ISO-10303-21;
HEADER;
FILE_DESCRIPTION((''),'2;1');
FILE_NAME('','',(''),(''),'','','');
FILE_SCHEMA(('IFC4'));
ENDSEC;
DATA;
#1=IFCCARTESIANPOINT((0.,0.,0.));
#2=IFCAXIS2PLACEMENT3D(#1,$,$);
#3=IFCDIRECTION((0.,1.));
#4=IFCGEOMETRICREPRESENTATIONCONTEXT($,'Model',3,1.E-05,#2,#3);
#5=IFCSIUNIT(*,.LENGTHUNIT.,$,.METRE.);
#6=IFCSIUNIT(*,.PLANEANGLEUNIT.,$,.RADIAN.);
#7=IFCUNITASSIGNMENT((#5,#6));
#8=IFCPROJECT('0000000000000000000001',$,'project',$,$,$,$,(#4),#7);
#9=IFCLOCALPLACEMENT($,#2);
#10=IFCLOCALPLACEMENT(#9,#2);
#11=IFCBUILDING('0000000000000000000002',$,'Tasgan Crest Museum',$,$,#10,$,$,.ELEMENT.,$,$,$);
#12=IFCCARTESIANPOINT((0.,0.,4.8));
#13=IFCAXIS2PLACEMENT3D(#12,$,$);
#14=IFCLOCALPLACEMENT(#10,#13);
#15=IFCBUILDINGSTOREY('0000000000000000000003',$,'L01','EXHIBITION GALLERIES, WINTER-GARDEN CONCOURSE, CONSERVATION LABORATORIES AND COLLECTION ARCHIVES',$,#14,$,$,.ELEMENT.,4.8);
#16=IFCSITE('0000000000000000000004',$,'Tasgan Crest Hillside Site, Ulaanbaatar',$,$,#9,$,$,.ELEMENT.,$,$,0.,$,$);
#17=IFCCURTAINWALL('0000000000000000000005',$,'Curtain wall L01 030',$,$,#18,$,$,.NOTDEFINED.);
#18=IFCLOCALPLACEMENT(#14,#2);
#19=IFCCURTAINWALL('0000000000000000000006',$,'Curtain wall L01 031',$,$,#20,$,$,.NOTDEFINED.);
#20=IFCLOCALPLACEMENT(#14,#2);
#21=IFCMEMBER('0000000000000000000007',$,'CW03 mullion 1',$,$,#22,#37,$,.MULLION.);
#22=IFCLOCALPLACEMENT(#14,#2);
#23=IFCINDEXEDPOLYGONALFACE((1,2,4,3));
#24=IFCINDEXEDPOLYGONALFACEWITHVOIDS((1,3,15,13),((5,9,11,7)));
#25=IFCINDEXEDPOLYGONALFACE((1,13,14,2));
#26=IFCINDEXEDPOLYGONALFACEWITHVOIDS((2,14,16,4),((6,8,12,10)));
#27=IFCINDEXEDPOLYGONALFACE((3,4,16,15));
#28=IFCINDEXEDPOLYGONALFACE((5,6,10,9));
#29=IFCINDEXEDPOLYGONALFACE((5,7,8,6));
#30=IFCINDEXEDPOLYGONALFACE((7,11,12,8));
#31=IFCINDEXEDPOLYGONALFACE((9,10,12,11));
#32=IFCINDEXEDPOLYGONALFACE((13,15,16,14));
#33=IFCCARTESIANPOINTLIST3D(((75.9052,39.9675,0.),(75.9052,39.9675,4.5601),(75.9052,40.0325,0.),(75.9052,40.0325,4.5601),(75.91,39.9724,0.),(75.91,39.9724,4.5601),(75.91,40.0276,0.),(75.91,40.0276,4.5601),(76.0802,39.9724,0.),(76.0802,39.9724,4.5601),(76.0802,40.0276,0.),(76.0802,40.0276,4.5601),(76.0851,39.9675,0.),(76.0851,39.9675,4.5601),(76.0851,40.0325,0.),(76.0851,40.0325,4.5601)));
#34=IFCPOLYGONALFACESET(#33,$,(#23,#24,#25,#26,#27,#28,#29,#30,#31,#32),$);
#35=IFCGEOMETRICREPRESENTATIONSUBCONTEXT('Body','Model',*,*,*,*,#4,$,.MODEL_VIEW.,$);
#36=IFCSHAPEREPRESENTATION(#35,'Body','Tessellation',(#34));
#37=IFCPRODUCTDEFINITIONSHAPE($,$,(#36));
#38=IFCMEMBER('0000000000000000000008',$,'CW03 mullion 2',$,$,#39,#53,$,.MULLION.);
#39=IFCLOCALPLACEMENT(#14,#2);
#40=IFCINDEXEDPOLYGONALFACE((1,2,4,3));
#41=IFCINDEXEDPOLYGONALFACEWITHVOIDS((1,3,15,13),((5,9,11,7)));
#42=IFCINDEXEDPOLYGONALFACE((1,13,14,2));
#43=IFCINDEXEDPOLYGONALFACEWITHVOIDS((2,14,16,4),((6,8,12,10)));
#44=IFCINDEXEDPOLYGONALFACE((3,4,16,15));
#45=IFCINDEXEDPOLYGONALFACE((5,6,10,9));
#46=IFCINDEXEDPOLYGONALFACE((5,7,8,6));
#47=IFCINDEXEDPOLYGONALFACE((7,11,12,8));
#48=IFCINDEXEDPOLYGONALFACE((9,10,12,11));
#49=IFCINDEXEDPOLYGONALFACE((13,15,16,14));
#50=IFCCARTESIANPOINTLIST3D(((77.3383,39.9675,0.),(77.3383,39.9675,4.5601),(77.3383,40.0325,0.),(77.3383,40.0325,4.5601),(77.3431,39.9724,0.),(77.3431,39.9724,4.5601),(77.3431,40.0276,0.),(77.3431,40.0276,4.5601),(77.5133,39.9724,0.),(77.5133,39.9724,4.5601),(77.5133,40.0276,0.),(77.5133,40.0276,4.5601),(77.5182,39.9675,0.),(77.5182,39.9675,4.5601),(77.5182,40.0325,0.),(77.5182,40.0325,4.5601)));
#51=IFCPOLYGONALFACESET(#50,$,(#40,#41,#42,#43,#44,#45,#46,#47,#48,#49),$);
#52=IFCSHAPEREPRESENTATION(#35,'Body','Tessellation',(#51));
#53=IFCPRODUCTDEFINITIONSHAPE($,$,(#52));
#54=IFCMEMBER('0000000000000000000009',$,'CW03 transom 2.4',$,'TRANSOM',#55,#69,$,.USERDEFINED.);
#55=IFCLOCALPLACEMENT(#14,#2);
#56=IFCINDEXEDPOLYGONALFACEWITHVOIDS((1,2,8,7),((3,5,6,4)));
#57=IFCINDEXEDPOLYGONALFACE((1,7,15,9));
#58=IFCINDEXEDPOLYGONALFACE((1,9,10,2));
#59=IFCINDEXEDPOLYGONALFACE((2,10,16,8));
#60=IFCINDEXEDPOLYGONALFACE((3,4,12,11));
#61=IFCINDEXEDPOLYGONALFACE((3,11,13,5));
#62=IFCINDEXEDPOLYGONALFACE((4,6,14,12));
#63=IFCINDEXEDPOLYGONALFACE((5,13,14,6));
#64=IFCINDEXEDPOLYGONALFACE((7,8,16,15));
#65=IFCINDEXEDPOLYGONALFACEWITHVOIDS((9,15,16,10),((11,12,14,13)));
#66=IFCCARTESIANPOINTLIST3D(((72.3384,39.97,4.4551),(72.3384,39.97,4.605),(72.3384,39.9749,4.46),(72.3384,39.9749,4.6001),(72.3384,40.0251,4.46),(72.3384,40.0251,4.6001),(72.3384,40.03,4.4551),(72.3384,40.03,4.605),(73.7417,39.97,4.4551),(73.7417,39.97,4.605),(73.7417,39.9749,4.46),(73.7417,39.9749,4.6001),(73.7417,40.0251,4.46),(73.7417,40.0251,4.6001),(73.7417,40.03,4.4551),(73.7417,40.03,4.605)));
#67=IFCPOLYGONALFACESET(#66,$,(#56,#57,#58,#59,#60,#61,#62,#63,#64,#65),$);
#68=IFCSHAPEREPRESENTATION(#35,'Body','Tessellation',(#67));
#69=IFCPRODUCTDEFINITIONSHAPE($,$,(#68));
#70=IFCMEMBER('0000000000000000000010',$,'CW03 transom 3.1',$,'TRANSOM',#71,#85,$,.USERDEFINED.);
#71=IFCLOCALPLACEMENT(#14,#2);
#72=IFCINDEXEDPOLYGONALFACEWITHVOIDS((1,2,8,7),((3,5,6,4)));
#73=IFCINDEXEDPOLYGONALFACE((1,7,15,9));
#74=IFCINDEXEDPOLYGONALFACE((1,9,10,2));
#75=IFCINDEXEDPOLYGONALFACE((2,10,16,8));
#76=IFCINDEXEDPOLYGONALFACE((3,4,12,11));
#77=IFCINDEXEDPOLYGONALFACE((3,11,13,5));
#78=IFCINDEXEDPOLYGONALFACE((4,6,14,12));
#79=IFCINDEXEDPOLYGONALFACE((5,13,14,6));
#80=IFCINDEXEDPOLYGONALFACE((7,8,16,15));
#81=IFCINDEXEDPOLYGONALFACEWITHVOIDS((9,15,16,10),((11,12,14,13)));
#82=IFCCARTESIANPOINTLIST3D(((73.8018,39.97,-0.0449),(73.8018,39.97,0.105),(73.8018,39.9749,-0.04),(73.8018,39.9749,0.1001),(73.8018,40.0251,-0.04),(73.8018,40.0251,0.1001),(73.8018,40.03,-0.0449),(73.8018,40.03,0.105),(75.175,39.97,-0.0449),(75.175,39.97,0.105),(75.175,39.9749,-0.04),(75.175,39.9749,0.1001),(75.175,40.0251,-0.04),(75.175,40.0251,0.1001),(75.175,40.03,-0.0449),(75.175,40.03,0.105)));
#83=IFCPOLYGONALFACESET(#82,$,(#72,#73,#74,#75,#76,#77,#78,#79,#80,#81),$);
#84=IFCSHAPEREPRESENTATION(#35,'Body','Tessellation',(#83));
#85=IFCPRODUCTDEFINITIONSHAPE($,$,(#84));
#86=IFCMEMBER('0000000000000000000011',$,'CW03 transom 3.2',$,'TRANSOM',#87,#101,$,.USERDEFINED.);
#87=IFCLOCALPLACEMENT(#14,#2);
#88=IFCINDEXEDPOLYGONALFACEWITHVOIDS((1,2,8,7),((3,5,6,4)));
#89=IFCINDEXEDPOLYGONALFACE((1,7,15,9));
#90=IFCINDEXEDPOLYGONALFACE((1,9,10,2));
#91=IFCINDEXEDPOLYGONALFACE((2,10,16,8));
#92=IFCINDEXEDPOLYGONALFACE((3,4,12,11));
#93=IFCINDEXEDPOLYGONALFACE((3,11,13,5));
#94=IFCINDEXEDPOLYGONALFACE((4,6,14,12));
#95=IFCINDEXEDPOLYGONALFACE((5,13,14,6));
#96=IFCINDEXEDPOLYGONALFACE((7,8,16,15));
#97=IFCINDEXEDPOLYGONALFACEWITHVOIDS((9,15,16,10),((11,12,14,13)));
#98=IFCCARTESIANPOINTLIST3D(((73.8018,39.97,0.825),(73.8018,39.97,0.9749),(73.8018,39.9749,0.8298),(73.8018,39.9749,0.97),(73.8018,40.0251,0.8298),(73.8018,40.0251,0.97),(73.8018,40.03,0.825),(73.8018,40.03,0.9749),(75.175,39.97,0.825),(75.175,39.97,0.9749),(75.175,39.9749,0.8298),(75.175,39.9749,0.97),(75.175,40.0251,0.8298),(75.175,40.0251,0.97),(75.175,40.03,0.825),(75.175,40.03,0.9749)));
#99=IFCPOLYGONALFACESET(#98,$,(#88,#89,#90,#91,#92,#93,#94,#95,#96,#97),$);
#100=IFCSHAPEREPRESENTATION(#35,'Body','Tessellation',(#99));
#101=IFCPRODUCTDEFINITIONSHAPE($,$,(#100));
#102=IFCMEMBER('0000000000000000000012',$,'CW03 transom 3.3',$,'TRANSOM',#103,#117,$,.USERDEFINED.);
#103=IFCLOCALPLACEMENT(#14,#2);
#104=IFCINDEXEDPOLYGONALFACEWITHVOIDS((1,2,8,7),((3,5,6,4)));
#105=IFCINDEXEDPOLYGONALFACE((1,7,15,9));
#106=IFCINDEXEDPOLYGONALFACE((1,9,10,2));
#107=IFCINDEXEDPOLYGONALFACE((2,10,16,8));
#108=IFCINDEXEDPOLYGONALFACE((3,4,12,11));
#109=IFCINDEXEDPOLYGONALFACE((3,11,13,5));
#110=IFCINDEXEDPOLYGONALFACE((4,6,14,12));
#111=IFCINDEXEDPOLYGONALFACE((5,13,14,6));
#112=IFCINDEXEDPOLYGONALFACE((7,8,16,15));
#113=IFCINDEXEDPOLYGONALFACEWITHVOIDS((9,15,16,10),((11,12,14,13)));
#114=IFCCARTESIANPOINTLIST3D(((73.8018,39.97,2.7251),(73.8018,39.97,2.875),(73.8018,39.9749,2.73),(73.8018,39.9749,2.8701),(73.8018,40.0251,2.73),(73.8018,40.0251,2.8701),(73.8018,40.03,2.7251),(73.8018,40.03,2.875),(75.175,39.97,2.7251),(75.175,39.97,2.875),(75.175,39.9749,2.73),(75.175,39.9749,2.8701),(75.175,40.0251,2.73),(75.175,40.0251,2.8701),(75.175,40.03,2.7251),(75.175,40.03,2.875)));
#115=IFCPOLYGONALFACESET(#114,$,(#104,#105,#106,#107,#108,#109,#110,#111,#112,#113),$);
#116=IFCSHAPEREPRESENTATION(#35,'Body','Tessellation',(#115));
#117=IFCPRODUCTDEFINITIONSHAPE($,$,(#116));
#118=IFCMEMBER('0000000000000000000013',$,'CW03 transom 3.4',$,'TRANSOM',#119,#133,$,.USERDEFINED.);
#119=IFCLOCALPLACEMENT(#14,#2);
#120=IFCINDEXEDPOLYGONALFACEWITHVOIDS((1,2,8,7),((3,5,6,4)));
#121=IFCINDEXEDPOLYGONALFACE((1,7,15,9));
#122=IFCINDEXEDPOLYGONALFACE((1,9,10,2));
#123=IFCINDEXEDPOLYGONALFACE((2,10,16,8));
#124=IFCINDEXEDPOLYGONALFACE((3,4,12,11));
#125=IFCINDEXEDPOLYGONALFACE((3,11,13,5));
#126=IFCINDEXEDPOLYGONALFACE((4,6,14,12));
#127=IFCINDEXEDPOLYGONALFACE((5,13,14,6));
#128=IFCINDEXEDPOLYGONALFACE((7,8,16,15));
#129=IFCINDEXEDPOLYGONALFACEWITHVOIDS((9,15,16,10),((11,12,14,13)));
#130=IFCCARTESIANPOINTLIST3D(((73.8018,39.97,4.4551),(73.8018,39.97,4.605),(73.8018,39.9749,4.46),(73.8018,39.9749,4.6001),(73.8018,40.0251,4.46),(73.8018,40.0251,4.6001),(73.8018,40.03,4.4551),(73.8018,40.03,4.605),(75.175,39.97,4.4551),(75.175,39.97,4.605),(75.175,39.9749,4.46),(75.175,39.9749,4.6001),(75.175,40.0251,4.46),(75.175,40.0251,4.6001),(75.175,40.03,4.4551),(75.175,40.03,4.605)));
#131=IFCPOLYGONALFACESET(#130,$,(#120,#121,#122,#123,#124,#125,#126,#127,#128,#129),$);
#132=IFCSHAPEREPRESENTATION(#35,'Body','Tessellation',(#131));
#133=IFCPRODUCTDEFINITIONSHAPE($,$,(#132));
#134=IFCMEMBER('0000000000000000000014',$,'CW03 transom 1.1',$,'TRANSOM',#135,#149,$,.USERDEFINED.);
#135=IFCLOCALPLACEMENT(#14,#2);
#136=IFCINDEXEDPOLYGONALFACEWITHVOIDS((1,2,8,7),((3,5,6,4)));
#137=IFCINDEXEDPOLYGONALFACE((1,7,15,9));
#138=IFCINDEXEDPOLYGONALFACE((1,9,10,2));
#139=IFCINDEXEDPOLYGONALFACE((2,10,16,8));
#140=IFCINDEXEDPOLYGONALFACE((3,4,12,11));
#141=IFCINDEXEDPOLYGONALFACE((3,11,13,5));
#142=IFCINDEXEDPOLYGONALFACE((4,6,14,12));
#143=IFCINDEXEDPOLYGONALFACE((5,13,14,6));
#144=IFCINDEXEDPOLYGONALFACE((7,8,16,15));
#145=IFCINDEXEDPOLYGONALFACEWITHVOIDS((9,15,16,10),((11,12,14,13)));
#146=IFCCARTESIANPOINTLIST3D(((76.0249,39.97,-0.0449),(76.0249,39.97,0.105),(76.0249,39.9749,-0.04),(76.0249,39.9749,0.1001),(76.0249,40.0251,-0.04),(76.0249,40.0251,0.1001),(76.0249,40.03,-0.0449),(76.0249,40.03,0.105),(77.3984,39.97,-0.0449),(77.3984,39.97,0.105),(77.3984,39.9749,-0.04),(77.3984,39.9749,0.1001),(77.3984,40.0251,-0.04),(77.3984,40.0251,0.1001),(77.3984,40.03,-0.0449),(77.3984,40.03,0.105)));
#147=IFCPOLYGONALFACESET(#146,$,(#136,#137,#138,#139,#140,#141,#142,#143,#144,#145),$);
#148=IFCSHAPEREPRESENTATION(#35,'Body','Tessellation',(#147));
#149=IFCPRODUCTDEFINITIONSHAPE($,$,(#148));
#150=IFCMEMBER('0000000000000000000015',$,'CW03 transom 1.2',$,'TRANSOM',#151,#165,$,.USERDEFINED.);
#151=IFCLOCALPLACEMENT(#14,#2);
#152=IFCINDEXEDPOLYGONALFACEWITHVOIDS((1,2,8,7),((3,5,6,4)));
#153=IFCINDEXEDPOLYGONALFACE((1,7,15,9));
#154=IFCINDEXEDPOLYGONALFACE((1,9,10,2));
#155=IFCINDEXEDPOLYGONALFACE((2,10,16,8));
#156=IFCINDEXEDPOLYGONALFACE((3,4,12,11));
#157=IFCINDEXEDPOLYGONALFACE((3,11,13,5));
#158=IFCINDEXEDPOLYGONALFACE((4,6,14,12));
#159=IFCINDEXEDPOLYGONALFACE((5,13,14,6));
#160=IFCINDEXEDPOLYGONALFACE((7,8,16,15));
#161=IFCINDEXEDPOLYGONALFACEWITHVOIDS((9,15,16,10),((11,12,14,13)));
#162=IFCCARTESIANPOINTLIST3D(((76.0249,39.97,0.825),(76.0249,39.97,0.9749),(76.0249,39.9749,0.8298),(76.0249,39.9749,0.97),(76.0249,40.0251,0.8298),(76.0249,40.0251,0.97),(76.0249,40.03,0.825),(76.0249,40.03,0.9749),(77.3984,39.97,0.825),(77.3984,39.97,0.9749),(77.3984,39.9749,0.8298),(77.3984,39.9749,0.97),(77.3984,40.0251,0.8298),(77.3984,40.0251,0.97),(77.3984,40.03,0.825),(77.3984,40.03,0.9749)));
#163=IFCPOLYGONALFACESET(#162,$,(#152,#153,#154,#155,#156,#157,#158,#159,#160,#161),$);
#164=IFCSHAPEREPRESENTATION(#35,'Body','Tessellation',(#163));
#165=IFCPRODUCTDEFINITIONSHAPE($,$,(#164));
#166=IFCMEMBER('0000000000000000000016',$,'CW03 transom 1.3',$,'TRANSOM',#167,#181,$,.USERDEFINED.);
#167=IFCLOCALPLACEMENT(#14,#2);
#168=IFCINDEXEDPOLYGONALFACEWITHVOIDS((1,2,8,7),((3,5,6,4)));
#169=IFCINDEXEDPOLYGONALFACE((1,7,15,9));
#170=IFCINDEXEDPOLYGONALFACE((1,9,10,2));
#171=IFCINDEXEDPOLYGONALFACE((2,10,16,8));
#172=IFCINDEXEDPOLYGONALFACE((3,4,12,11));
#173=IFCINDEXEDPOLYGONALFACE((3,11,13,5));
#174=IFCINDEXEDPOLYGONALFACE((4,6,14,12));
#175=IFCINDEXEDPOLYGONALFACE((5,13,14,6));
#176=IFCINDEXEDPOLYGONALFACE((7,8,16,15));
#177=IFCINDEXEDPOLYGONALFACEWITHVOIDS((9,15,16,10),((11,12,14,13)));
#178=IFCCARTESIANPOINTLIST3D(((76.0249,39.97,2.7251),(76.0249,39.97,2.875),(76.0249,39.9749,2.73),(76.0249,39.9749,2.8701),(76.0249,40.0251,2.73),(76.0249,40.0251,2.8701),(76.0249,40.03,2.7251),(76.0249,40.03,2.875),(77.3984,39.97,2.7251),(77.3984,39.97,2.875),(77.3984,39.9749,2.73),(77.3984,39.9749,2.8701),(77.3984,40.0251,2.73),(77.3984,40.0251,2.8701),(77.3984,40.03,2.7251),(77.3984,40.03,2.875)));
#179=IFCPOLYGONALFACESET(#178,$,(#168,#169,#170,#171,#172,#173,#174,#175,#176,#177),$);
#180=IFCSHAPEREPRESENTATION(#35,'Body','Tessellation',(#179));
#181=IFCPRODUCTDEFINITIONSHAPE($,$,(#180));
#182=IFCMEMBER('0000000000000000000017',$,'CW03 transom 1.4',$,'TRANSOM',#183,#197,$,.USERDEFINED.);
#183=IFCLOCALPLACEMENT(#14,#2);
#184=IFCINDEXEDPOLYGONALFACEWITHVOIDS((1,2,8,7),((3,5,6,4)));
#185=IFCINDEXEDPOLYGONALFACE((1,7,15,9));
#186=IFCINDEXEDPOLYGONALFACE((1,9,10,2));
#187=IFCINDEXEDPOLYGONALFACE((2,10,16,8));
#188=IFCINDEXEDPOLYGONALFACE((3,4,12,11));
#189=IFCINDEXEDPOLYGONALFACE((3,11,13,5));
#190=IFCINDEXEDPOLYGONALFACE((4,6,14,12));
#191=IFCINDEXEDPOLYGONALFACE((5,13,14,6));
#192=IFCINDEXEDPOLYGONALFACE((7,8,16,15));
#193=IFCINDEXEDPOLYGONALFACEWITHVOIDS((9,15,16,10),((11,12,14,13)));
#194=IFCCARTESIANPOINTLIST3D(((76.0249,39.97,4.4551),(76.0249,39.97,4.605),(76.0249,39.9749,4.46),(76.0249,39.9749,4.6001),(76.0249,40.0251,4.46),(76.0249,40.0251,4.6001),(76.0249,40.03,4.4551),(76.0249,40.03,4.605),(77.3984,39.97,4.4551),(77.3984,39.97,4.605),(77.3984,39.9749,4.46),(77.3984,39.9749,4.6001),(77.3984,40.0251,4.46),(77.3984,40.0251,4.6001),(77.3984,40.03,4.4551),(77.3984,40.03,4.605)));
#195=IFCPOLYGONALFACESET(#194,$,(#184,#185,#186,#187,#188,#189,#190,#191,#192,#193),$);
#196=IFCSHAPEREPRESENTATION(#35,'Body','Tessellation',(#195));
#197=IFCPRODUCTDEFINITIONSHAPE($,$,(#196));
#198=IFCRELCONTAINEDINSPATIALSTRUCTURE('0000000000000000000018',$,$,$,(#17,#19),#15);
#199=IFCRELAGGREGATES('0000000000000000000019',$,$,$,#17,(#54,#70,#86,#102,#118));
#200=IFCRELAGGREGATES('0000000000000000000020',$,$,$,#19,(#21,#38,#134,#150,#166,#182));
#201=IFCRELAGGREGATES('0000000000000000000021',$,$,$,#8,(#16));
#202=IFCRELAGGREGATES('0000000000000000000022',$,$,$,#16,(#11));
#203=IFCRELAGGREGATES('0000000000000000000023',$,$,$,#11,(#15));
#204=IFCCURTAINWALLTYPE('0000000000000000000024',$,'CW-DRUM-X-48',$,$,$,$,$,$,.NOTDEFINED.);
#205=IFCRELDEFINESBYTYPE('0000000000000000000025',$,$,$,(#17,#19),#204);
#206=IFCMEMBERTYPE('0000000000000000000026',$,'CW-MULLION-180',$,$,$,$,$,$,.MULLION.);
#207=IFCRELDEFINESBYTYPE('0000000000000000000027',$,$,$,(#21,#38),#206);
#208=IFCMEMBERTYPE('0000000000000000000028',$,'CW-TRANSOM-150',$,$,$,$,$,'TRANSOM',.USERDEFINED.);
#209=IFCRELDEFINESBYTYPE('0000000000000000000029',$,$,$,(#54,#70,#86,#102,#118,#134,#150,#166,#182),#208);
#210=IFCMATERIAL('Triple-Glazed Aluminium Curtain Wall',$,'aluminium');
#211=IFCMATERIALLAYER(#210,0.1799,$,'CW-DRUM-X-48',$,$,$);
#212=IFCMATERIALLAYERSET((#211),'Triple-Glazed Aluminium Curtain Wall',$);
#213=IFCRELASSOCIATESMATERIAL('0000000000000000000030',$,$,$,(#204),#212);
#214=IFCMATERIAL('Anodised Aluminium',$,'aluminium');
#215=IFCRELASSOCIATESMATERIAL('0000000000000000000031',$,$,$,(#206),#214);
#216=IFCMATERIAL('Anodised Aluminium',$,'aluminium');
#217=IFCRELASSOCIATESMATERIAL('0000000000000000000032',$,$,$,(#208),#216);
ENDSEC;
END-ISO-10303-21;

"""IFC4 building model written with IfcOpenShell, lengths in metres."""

from ifc_helpers import new_model, si_unit, direction, frame, origin, origin_2d, place, context, subcontext, project, spatial, hollow_rectangle, extrude, material, layer, layer_set, material_profile, profile_set, type_object, element, aggregate, save


model = new_model("IFC4")

# Units and contexts
model_context = context("Model", 3, precision=1e-05, world=origin(), true_north=direction((0.0, 1.0)))
body_context = subcontext(model_context, "Body", "Model", "MODEL_VIEW")
ifc_project = project(units=[si_unit("LENGTHUNIT", "METRE"), si_unit("PLANEANGLEUNIT", "RADIAN")], contexts=[model_context])

# Site, building, storey
site_placement = place(None, origin())
site = spatial("IfcSite", under=ifc_project, at=site_placement, Name="Tasgan Crest Hillside Site, Ulaanbaatar", CompositionType="ELEMENT", RefElevation=0.0)
building_placement = place(site_placement, origin())
building = spatial("IfcBuilding", under=site, at=building_placement, Name="Tasgan Crest Museum", CompositionType="ELEMENT")
storey_placement = place(building_placement, frame((0.0, 0.0, 4.8)))
storey = spatial("IfcBuildingStorey", under=building, at=storey_placement, Name="L01", Description="EXHIBITION GALLERIES, WINTER-GARDEN CONCOURSE, CONSERVATION LABORATORIES AND COLLECTION ARCHIVES", CompositionType="ELEMENT", Elevation=4.8)

# Curtain walls, members
ifc_material_1 = material(Name="Triple-Glazed Aluminium Curtain Wall", Category="aluminium")
ifc_layer_1 = layer(ifc_material_1, 0.1799, Name="CW-DRUM-X-48")
ifc_layer_set_1 = layer_set([ifc_layer_1], Name="Triple-Glazed Aluminium Curtain Wall")
curtain_wall_type = type_object("IfcCurtainWallType", Name="CW-DRUM-X-48", PredefinedType="NOTDEFINED", material=ifc_layer_set_1)
curtain_wall_1_placement = place(storey_placement, origin())
curtain_wall_1 = element("IfcCurtainWall", 1, at=curtain_wall_1_placement, inside=storey, type_object=curtain_wall_type, Name="Curtain wall L01 030", PredefinedType="NOTDEFINED")
ifc_material_2 = material(Name="Anodised Aluminium", Category="aluminium")
ifc_material_profile_1 = material_profile(ifc_material_2, hollow_rectangle(XDim=0.0649, YDim=0.1799, WallThickness=0.0049, at=origin_2d()), Name="ALU MULLION 180x65x5")
ifc_profile_set_1 = profile_set([ifc_material_profile_1], Name="Anodised Aluminium")
member_type_1 = type_object("IfcMemberType", Name="CW-MULLION-180", PredefinedType="MULLION", material=ifc_profile_set_1)
curtain_wall_2_placement = place(storey_placement, origin())
curtain_wall_2 = element("IfcCurtainWall", 2, at=curtain_wall_2_placement, inside=storey, type_object=curtain_wall_type, Name="Curtain wall L01 031", PredefinedType="NOTDEFINED")
member_1_placement = place(storey_placement, frame((75.9951, 40.0, 0.0), z_axis=(0.0, 0.0, 1.0), x_axis=(0.0, 1.0, 0.0)))
member_1 = element("IfcMember", 3, at=member_1_placement, type_object=member_type_1, Name="CW03 mullion 1", PredefinedType="MULLION", context=body_context, shape_type="SweptSolid", body=[
    extrude(hollow_rectangle(XDim=0.0649, YDim=0.1799, WallThickness=0.0049, at=origin_2d()), origin(), (0.0, 0.0, 1.0), 4.5601),
])
member_2_placement = place(storey_placement, frame((77.4282, 40.0, 0.0), z_axis=(0.0, 0.0, 1.0), x_axis=(0.0, 1.0, 0.0)))
member_2 = element("IfcMember", 4, at=member_2_placement, type_object=member_type_1, Name="CW03 mullion 2", PredefinedType="MULLION", context=body_context, shape_type="SweptSolid", body=[
    extrude(hollow_rectangle(XDim=0.0649, YDim=0.1799, WallThickness=0.0049, at=origin_2d()), origin(), (0.0, 0.0, 1.0), 4.5601),
])

# Members
ifc_material_3 = material(Name="Anodised Aluminium", Category="aluminium")
ifc_material_profile_2 = material_profile(ifc_material_3, hollow_rectangle(XDim=0.0601, YDim=0.1499, WallThickness=0.0049, at=origin_2d()), Name="ALU TRANSOM 150x60x5")
ifc_profile_set_2 = profile_set([ifc_material_profile_2], Name="Anodised Aluminium")
member_type_2 = type_object("IfcMemberType", Name="CW-TRANSOM-150", ElementType="TRANSOM", PredefinedType="USERDEFINED", material=ifc_profile_set_2)
member_3_placement = place(storey_placement, frame((72.3384, 40.0, 4.53), z_axis=(1.0, 0.0, 0.0), x_axis=(0.0, 1.0, 0.0)))
member_3 = element("IfcMember", 5, at=member_3_placement, type_object=member_type_2, Name="CW03 transom 2.4", ObjectType="TRANSOM", PredefinedType="USERDEFINED", context=body_context, shape_type="SweptSolid", body=[
    extrude(hollow_rectangle(XDim=0.0601, YDim=0.1499, WallThickness=0.0049, at=origin_2d()), origin(), (0.0, 0.0, 1.0), 1.4033),
])
member_4_placement = place(storey_placement, frame((73.8018, 40.0, 0.03), z_axis=(1.0, 0.0, 0.0), x_axis=(0.0, 1.0, 0.0)))
member_4 = element("IfcMember", 6, at=member_4_placement, type_object=member_type_2, Name="CW03 transom 3.1", ObjectType="TRANSOM", PredefinedType="USERDEFINED", context=body_context, shape_type="SweptSolid", body=[
    extrude(hollow_rectangle(XDim=0.0601, YDim=0.1499, WallThickness=0.0049, at=origin_2d()), origin(), (0.0, 0.0, 1.0), 1.3733),
])
member_5_placement = place(storey_placement, frame((73.8018, 40.0, 0.8999), z_axis=(1.0, 0.0, 0.0), x_axis=(0.0, 1.0, 0.0)))
member_5 = element("IfcMember", 7, at=member_5_placement, type_object=member_type_2, Name="CW03 transom 3.2", ObjectType="TRANSOM", PredefinedType="USERDEFINED", context=body_context, shape_type="SweptSolid", body=[
    extrude(hollow_rectangle(XDim=0.0601, YDim=0.1499, WallThickness=0.0049, at=origin_2d()), origin(), (0.0, 0.0, 1.0), 1.3733),
])
member_6_placement = place(storey_placement, frame((73.8018, 40.0, 2.8), z_axis=(1.0, 0.0, 0.0), x_axis=(0.0, 1.0, 0.0)))
member_6 = element("IfcMember", 8, at=member_6_placement, type_object=member_type_2, Name="CW03 transom 3.3", ObjectType="TRANSOM", PredefinedType="USERDEFINED", context=body_context, shape_type="SweptSolid", body=[
    extrude(hollow_rectangle(XDim=0.0601, YDim=0.1499, WallThickness=0.0049, at=origin_2d()), origin(), (0.0, 0.0, 1.0), 1.3733),
])
member_7_placement = place(storey_placement, frame((73.8018, 40.0, 4.53), z_axis=(1.0, 0.0, 0.0), x_axis=(0.0, 1.0, 0.0)))
member_7 = element("IfcMember", 9, at=member_7_placement, type_object=member_type_2, Name="CW03 transom 3.4", ObjectType="TRANSOM", PredefinedType="USERDEFINED", context=body_context, shape_type="SweptSolid", body=[
    extrude(hollow_rectangle(XDim=0.0601, YDim=0.1499, WallThickness=0.0049, at=origin_2d()), origin(), (0.0, 0.0, 1.0), 1.3733),
])
member_8_placement = place(storey_placement, frame((76.0249, 40.0, 0.03), z_axis=(1.0, 0.0, 0.0), x_axis=(0.0, 1.0, 0.0)))
member_8 = element("IfcMember", 10, at=member_8_placement, type_object=member_type_2, Name="CW03 transom 1.1", ObjectType="TRANSOM", PredefinedType="USERDEFINED", context=body_context, shape_type="SweptSolid", body=[
    extrude(hollow_rectangle(XDim=0.0601, YDim=0.1499, WallThickness=0.0049, at=origin_2d()), origin(), (0.0, 0.0, 1.0), 1.3735),
])
member_9_placement = place(storey_placement, frame((76.0249, 40.0, 0.8999), z_axis=(1.0, 0.0, 0.0), x_axis=(0.0, 1.0, 0.0)))
member_9 = element("IfcMember", 11, at=member_9_placement, type_object=member_type_2, Name="CW03 transom 1.2", ObjectType="TRANSOM", PredefinedType="USERDEFINED", context=body_context, shape_type="SweptSolid", body=[
    extrude(hollow_rectangle(XDim=0.0601, YDim=0.1499, WallThickness=0.0049, at=origin_2d()), origin(), (0.0, 0.0, 1.0), 1.3735),
])
member_10_placement = place(storey_placement, frame((76.0249, 40.0, 2.8), z_axis=(1.0, 0.0, 0.0), x_axis=(0.0, 1.0, 0.0)))
member_10 = element("IfcMember", 12, at=member_10_placement, type_object=member_type_2, Name="CW03 transom 1.3", ObjectType="TRANSOM", PredefinedType="USERDEFINED", context=body_context, shape_type="SweptSolid", body=[
    extrude(hollow_rectangle(XDim=0.0601, YDim=0.1499, WallThickness=0.0049, at=origin_2d()), origin(), (0.0, 0.0, 1.0), 1.3735),
])
member_11_placement = place(storey_placement, frame((76.0249, 40.0, 4.53), z_axis=(1.0, 0.0, 0.0), x_axis=(0.0, 1.0, 0.0)))
member_11 = element("IfcMember", 13, at=member_11_placement, type_object=member_type_2, Name="CW03 transom 1.4", ObjectType="TRANSOM", PredefinedType="USERDEFINED", context=body_context, shape_type="SweptSolid", body=[
    extrude(hollow_rectangle(XDim=0.0601, YDim=0.1499, WallThickness=0.0049, at=origin_2d()), origin(), (0.0, 0.0, 1.0), 1.3735),
])

aggregate(curtain_wall_1, [member_3, member_4, member_5, member_6, member_7])
aggregate(curtain_wall_2, [member_1, member_2, member_8, member_9, member_10, member_11])

save(model, "model.ifc")
